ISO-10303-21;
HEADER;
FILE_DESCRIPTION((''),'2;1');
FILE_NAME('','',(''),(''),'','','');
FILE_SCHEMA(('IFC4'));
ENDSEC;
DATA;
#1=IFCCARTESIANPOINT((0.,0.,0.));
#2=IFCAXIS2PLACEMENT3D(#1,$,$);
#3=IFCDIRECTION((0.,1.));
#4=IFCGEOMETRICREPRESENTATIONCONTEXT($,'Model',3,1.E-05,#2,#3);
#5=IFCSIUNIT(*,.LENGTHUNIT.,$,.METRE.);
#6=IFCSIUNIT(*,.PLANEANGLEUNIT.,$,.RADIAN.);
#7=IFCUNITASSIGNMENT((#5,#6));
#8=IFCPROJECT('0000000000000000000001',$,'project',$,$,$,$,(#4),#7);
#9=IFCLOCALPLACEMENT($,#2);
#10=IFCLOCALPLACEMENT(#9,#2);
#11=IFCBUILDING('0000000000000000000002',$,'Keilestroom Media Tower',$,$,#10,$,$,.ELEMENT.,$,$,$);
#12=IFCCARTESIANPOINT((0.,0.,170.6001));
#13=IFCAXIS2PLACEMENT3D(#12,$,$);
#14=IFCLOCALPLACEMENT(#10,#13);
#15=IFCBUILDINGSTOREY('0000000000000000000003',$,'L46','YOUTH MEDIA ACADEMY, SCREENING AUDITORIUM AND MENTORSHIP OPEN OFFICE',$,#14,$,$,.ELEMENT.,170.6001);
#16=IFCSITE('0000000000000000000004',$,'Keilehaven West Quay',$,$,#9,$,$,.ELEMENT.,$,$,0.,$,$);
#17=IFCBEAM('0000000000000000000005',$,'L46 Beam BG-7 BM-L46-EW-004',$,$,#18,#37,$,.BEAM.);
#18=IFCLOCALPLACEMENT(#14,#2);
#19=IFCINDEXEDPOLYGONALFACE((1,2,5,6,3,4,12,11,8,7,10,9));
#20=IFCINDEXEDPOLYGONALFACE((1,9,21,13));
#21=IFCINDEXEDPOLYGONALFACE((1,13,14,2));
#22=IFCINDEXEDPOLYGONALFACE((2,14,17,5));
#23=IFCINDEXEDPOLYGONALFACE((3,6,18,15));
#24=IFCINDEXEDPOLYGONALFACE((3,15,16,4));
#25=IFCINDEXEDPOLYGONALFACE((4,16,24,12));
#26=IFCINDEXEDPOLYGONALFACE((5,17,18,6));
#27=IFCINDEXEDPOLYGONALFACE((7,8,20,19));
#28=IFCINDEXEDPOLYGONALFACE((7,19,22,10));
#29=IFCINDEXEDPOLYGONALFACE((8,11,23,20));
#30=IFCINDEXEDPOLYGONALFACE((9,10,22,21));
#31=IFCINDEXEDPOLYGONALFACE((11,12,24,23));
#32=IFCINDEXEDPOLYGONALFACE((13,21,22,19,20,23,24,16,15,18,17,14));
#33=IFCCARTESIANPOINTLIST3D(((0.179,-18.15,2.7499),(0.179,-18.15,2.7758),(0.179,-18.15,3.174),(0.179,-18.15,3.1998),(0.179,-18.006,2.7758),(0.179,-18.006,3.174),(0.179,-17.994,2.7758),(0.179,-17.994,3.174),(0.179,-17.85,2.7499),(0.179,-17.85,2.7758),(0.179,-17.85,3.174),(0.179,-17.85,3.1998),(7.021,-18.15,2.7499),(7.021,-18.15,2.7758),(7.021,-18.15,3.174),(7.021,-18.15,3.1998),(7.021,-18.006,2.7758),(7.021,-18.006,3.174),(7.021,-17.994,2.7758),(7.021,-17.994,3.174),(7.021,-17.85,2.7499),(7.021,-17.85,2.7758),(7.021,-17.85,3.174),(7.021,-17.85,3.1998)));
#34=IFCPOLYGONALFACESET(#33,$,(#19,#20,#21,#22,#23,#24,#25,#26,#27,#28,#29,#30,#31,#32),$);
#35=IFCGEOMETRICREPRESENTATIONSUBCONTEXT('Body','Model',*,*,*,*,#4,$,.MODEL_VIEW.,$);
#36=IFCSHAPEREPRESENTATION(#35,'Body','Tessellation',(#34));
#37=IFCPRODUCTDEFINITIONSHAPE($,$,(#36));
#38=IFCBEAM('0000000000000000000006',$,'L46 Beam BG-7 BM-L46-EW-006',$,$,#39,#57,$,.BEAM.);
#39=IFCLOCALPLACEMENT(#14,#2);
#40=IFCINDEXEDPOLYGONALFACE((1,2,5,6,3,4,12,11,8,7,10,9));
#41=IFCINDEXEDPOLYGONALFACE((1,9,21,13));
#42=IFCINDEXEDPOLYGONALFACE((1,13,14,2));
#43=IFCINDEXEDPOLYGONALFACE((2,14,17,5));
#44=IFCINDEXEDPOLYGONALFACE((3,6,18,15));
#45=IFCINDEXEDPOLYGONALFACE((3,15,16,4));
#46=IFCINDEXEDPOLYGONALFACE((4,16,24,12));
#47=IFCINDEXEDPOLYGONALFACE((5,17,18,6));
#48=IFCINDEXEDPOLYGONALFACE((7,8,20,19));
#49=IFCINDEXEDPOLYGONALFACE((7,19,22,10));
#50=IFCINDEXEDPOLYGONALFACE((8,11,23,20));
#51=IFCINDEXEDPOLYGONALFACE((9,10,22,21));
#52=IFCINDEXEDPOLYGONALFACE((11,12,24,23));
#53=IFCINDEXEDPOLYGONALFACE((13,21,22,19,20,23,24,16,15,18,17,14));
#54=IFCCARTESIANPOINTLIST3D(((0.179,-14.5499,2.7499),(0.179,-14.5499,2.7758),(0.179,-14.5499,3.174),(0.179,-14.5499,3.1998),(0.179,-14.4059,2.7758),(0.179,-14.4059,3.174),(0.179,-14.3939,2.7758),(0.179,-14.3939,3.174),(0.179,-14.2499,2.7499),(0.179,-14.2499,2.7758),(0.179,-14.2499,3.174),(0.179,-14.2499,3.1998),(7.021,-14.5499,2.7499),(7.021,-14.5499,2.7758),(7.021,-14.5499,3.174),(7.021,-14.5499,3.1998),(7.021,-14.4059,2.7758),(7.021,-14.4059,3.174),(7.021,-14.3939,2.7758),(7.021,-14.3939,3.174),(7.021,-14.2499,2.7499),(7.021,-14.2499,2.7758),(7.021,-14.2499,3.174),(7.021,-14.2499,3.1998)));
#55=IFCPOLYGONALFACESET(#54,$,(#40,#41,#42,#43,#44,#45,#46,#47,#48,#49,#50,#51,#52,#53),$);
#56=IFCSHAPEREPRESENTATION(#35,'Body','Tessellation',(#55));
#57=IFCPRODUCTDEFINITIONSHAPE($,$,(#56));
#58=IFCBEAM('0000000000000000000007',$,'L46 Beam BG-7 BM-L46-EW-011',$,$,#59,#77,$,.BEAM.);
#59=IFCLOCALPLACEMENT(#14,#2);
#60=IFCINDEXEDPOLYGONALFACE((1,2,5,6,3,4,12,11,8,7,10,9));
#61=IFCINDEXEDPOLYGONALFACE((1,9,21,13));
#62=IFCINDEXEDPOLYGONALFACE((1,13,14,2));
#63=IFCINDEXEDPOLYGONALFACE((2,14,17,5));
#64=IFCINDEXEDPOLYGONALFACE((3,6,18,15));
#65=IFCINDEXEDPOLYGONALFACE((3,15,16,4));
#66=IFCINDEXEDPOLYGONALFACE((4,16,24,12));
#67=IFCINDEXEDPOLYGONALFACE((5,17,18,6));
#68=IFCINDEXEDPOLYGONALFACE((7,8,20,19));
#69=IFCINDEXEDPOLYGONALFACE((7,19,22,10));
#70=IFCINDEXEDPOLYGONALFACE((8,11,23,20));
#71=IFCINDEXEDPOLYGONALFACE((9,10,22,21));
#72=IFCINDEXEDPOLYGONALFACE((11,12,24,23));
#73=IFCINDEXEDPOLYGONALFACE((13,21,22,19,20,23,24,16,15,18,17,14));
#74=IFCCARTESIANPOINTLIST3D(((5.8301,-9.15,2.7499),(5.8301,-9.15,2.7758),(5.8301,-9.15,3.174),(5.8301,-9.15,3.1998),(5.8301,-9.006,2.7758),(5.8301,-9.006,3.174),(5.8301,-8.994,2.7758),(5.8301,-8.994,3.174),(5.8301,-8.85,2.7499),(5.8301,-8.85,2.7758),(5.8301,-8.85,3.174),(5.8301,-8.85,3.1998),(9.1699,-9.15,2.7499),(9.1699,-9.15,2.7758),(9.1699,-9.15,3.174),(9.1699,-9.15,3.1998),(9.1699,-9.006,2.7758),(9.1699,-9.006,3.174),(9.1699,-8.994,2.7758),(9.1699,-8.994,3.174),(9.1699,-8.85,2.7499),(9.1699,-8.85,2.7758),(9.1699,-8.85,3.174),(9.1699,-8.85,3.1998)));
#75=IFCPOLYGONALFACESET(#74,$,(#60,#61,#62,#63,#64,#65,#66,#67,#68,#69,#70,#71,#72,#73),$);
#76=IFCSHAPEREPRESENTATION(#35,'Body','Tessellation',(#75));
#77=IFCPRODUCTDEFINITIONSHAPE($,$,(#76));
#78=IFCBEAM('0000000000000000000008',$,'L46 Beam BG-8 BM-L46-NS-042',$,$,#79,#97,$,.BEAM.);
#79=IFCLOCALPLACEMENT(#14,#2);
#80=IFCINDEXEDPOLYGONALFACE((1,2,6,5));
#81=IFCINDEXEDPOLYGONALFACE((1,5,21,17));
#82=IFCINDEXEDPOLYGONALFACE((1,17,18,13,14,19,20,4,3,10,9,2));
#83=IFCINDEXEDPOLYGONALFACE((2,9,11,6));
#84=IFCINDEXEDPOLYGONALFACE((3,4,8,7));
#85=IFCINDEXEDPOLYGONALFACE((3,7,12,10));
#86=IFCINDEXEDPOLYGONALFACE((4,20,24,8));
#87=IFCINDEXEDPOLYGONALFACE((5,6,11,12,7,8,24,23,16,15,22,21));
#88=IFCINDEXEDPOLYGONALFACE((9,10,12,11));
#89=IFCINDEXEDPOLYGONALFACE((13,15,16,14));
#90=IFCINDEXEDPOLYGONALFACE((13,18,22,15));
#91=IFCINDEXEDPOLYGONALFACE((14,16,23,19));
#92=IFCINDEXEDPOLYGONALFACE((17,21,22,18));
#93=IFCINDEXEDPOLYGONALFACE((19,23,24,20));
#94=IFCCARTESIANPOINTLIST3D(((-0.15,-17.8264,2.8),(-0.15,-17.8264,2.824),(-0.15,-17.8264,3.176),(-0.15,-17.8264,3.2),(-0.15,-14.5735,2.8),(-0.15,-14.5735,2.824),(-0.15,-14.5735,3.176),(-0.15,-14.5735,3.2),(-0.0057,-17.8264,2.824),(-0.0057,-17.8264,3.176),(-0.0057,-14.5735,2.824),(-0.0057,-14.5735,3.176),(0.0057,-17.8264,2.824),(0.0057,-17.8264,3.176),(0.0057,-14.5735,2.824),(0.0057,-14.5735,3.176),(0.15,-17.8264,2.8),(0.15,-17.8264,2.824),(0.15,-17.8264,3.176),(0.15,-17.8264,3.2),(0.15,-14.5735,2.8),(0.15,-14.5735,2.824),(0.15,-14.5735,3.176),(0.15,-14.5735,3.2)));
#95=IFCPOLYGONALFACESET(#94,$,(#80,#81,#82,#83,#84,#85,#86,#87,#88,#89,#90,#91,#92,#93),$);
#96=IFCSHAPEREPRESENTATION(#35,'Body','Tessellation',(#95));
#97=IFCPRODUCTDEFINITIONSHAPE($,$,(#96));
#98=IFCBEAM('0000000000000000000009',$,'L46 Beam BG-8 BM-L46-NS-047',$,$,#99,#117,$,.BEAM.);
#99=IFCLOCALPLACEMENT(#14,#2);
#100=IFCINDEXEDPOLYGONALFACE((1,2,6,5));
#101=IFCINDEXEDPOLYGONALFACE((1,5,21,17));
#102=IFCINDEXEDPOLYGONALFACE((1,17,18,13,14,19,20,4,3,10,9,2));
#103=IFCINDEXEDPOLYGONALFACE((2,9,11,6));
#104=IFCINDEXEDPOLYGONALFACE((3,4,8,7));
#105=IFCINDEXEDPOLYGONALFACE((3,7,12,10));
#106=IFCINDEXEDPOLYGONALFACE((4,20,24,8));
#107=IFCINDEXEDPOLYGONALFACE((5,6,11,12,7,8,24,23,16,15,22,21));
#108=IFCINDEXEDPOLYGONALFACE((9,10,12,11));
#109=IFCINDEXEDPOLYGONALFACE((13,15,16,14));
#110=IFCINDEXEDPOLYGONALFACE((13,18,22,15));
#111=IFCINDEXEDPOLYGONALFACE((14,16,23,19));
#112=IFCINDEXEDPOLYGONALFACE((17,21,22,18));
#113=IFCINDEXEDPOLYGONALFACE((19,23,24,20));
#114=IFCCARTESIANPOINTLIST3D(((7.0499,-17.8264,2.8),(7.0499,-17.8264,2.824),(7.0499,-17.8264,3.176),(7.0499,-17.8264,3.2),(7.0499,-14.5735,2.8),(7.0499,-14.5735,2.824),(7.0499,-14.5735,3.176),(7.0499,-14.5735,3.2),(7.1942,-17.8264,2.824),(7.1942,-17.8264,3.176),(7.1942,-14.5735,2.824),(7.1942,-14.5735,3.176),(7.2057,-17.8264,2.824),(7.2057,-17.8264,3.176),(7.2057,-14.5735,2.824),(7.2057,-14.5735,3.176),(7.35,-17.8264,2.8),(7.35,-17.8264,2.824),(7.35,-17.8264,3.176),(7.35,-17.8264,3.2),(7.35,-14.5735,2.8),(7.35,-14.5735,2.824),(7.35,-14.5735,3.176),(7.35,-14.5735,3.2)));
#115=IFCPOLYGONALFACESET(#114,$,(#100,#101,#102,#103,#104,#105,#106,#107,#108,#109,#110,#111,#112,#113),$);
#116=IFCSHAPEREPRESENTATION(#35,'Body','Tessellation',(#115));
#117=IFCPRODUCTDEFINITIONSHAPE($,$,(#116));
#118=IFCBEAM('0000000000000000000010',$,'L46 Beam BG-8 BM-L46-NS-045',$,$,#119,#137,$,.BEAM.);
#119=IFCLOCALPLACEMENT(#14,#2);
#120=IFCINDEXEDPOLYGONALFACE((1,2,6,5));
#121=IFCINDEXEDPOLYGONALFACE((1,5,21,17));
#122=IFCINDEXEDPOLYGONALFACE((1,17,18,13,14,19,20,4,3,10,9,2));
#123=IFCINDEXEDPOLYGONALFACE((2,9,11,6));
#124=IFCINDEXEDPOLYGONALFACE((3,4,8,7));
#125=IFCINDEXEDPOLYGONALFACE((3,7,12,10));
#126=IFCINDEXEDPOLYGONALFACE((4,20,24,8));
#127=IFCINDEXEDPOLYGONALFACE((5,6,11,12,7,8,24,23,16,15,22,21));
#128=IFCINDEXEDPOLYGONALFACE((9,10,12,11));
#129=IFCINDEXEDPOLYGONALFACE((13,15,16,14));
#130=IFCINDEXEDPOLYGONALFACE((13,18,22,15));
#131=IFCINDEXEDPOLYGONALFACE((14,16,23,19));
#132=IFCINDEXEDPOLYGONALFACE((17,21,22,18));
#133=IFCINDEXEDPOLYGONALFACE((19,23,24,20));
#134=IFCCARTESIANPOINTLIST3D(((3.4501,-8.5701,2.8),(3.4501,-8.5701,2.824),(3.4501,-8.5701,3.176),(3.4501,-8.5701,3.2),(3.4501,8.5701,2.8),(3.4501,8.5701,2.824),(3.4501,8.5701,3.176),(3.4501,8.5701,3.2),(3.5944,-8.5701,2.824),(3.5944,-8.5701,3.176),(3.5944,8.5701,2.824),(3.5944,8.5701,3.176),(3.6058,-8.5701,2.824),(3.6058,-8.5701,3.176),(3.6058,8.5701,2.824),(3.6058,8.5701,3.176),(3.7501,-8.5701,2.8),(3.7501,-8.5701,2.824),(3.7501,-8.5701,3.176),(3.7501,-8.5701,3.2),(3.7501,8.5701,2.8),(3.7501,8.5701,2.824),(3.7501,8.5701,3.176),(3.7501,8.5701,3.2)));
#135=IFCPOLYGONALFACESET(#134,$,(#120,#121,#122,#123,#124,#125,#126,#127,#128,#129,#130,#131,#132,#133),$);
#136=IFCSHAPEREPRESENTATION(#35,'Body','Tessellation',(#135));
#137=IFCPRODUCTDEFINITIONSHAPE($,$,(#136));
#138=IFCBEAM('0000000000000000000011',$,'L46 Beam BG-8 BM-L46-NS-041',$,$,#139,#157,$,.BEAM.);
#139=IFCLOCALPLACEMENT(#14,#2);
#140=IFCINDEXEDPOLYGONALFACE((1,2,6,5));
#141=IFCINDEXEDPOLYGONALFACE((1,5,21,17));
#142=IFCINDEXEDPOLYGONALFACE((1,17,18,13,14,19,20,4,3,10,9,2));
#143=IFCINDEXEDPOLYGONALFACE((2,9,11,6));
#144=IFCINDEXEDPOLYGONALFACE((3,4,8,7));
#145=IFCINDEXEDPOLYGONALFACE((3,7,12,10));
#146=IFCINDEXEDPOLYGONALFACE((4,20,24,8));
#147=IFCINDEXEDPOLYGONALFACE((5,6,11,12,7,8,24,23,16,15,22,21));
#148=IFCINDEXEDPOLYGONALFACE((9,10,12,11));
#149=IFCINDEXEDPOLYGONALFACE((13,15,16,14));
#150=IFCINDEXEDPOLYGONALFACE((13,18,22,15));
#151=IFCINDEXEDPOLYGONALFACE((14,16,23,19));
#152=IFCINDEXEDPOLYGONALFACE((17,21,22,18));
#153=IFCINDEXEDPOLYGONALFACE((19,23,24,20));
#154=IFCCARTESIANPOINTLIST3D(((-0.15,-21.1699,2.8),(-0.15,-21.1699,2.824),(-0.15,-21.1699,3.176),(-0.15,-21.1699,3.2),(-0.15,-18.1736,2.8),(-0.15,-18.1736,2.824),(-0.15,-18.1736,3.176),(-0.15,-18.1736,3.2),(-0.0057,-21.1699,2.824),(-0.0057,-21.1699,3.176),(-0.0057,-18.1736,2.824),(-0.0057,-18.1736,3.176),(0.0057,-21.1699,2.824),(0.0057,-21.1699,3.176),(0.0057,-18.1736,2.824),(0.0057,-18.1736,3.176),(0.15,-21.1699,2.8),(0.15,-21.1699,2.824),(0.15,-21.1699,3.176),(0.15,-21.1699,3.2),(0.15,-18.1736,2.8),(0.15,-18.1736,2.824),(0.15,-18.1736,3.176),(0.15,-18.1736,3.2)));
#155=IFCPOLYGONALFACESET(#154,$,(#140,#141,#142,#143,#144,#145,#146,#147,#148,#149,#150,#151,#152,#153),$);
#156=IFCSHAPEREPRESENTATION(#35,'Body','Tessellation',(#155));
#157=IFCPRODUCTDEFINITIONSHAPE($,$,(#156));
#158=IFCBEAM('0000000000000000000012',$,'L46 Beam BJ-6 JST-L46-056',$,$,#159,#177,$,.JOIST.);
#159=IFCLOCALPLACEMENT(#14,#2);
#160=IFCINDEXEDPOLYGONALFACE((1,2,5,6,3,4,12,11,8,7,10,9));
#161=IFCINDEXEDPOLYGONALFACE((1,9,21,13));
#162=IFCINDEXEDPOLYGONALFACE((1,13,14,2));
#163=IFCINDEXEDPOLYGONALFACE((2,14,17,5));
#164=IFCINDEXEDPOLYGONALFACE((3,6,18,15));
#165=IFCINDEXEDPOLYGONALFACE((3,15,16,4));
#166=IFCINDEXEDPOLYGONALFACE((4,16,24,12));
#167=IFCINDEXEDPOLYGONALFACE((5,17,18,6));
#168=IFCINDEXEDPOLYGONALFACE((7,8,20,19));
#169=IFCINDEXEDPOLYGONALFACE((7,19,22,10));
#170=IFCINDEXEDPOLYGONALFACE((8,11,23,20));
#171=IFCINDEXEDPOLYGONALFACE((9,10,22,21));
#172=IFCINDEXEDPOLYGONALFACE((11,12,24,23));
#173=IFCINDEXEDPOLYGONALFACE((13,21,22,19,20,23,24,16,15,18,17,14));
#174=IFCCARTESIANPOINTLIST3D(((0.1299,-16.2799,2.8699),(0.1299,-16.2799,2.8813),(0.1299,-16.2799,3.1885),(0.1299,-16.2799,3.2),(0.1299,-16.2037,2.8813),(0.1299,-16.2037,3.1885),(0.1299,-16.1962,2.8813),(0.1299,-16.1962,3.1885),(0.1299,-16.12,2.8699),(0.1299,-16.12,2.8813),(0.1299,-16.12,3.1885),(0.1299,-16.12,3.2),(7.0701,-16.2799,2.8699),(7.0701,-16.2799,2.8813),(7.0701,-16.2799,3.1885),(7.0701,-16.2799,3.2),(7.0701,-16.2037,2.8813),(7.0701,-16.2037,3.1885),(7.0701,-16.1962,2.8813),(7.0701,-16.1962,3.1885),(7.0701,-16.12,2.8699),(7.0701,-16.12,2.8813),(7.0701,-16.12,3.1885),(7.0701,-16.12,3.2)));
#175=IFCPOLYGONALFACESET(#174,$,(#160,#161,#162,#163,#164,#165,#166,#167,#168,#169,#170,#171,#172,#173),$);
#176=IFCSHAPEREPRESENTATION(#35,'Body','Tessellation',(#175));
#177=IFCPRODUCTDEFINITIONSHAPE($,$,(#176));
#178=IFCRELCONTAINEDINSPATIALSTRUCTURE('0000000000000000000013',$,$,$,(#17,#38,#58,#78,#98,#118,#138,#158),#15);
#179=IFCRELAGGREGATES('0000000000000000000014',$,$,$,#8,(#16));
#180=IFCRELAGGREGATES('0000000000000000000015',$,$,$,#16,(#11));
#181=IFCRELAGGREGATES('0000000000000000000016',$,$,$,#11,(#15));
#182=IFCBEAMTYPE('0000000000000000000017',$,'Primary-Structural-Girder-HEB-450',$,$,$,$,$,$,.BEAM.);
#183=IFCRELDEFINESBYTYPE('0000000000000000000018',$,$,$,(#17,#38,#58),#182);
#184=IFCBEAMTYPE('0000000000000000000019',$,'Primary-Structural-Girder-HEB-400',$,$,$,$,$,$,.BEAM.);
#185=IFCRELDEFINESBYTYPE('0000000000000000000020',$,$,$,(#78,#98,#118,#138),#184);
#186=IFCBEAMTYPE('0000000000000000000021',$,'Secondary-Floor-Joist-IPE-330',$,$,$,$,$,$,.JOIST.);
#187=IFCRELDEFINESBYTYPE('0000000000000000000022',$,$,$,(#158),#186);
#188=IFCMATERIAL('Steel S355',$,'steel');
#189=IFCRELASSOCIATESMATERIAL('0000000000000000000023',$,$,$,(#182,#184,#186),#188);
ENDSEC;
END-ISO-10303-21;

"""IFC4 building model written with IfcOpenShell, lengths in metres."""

from ifc_helpers import new_model, si_unit, direction, frame, origin, origin_2d, place, context, subcontext, project, spatial, i_section, extrude, source, transform, mapped, material, material_profile, profile_set, type_object, element, save


model = new_model("IFC4")

# Units and contexts
model_context = context("Model", 3, precision=1e-05, world=origin(), true_north=direction((0.0, 1.0)))
body_context = subcontext(model_context, "Body", "Model", "MODEL_VIEW")
ifc_project = project(units=[si_unit("LENGTHUNIT", "METRE"), si_unit("PLANEANGLEUNIT", "RADIAN")], contexts=[model_context])

# Site, building, storey
site_placement = place(None, origin())
site = spatial("IfcSite", under=ifc_project, at=site_placement, Name="Keilehaven West Quay", CompositionType="ELEMENT", RefElevation=0.0)
building_placement = place(site_placement, origin())
building = spatial("IfcBuilding", under=site, at=building_placement, Name="Keilestroom Media Tower", CompositionType="ELEMENT")
storey_placement = place(building_placement, frame((0.0, 0.0, 170.6001)))
storey = spatial("IfcBuildingStorey", under=building, at=storey_placement, Name="L46", Description="YOUTH MEDIA ACADEMY, SCREENING AUDITORIUM AND MENTORSHIP OPEN OFFICE", CompositionType="ELEMENT", Elevation=170.6001)

# Shared definitions
ifc_material_1 = material(Name="Steel S355", Category="steel")

# Beams
ifc_material_profile_1 = material_profile(ifc_material_1, i_section(OverallWidth=0.3, OverallDepth=0.45, WebThickness=0.012, FlangeThickness=0.0259, at=origin_2d()), Name="HEB 450")
ifc_profile_set_1 = profile_set([ifc_material_profile_1], Name="Steel S355")
beam_type_1 = type_object("IfcBeamType", Name="Primary-Structural-Girder-HEB-450", PredefinedType="BEAM", material=ifc_profile_set_1)
shared_shape_1 = source(origin(), body_context, "Body", "SweptSolid", [
    extrude(i_section(OverallWidth=0.3, OverallDepth=0.45, WebThickness=0.012, FlangeThickness=0.0259, at=origin_2d()), origin(), (0.0, 0.0, 1.0), 6.842),
])
for number, where, z_axis, x_axis, name in (
    (1, (0.179, -18.0, 2.9749), (1.0, 0.0, 0.0), (0.0, 1.0, 0.0), "L46 Beam BG-7 BM-L46-EW-004"),
    (2, (0.179, -14.3999, 2.9749), (1.0, 0.0, 0.0), (0.0, 1.0, 0.0), "L46 Beam BG-7 BM-L46-EW-006"),
):
    element("IfcBeam", number, at=place(storey_placement, frame(where, z_axis=z_axis, x_axis=x_axis)), inside=storey, type_object=beam_type_1, Name=name, PredefinedType="BEAM", context=body_context, shape_type="MappedRepresentation", body=[
        mapped(shared_shape_1, transform((0.0, 0.0, 0.0), x_axis=(1.0, 0.0, 0.0), y_axis=(0.0, 1.0, 0.0), z_axis=(0.0, 0.0, 1.0), scale=1.0)),
    ])
shared_shape_2 = source(origin(), body_context, "Body", "SweptSolid", [
    extrude(i_section(OverallWidth=0.3, OverallDepth=0.45, WebThickness=0.012, FlangeThickness=0.0259, at=origin_2d()), origin(), (0.0, 0.0, 1.0), 3.3398),
])
beam_1_placement = place(storey_placement, frame((5.8301, -9.0, 2.9749), z_axis=(1.0, 0.0, 0.0), x_axis=(0.0, 1.0, 0.0)))
element("IfcBeam", 3, at=beam_1_placement, inside=storey, type_object=beam_type_1, Name="L46 Beam BG-7 BM-L46-EW-011", PredefinedType="BEAM", context=body_context, shape_type="MappedRepresentation", body=[
    mapped(shared_shape_2, transform((0.0, 0.0, 0.0), x_axis=(1.0, 0.0, 0.0), y_axis=(0.0, 1.0, 0.0), z_axis=(0.0, 0.0, 1.0), scale=1.0)),
])
ifc_material_profile_2 = material_profile(ifc_material_1, i_section(OverallWidth=0.3, OverallDepth=0.3999, WebThickness=0.0115, FlangeThickness=0.0239, at=origin_2d()), Name="HEB 400")
ifc_profile_set_2 = profile_set([ifc_material_profile_2], Name="Steel S355")
beam_type_2 = type_object("IfcBeamType", Name="Primary-Structural-Girder-HEB-400", PredefinedType="BEAM", material=ifc_profile_set_2)
shared_shape_3 = source(origin(), body_context, "Body", "SweptSolid", [
    extrude(i_section(OverallWidth=0.3, OverallDepth=0.3999, WebThickness=0.0115, FlangeThickness=0.0239, at=origin_2d()), origin(), (0.0, 0.0, 1.0), 3.2529),
])
for number, where, z_axis, x_axis, name in (
    (4, (0.0, -17.8264, 3.0), (0.0, 1.0, 0.0), (-1.0, 0.0, 0.0), "L46 Beam BG-8 BM-L46-NS-042"),
    (5, (7.2, -17.8264, 3.0), (0.0, 1.0, 0.0), (-1.0, 0.0, 0.0), "L46 Beam BG-8 BM-L46-NS-047"),
):
    element("IfcBeam", number, at=place(storey_placement, frame(where, z_axis=z_axis, x_axis=x_axis)), inside=storey, type_object=beam_type_2, Name=name, PredefinedType="BEAM", context=body_context, shape_type="MappedRepresentation", body=[
        mapped(shared_shape_3, transform((0.0, 0.0, 0.0), x_axis=(1.0, 0.0, 0.0), y_axis=(0.0, 1.0, 0.0), z_axis=(0.0, 0.0, 1.0), scale=1.0)),
    ])
shared_shape_4 = source(origin(), body_context, "Body", "SweptSolid", [
    extrude(i_section(OverallWidth=0.3, OverallDepth=0.3999, WebThickness=0.0115, FlangeThickness=0.0239, at=origin_2d()), origin(), (0.0, 0.0, 1.0), 17.1401),
])
beam_2_placement = place(storey_placement, frame((3.6001, -8.5701, 3.0), z_axis=(0.0, 1.0, 0.0), x_axis=(-1.0, 0.0, 0.0)))
element("IfcBeam", 6, at=beam_2_placement, inside=storey, type_object=beam_type_2, Name="L46 Beam BG-8 BM-L46-NS-045", PredefinedType="BEAM", context=body_context, shape_type="MappedRepresentation", body=[
    mapped(shared_shape_4, transform((0.0, 0.0, 0.0), x_axis=(1.0, 0.0, 0.0), y_axis=(0.0, 1.0, 0.0), z_axis=(0.0, 0.0, 1.0), scale=1.0)),
])
shared_shape_5 = source(origin(), body_context, "Body", "SweptSolid", [
    extrude(i_section(OverallWidth=0.3, OverallDepth=0.3999, WebThickness=0.0115, FlangeThickness=0.0239, at=origin_2d()), origin(), (0.0, 0.0, 1.0), 2.9963),
])
beam_3_placement = place(storey_placement, frame((0.0, -21.1699, 3.0), z_axis=(0.0, 1.0, 0.0), x_axis=(-1.0, 0.0, 0.0)))
element("IfcBeam", 7, at=beam_3_placement, inside=storey, type_object=beam_type_2, Name="L46 Beam BG-8 BM-L46-NS-041", PredefinedType="BEAM", context=body_context, shape_type="MappedRepresentation", body=[
    mapped(shared_shape_5, transform((0.0, 0.0, 0.0), x_axis=(1.0, 0.0, 0.0), y_axis=(0.0, 1.0, 0.0), z_axis=(0.0, 0.0, 1.0), scale=1.0)),
])
ifc_material_profile_3 = material_profile(ifc_material_1, i_section(OverallWidth=0.1599, OverallDepth=0.3301, WebThickness=0.0076, FlangeThickness=0.0115, at=origin_2d()), Name="IPE 330")
ifc_profile_set_3 = profile_set([ifc_material_profile_3], Name="Steel S355")
beam_type_3 = type_object("IfcBeamType", Name="Secondary-Floor-Joist-IPE-330", PredefinedType="JOIST", material=ifc_profile_set_3)
shared_shape_6 = source(origin(), body_context, "Body", "SweptSolid", [
    extrude(i_section(OverallWidth=0.1599, OverallDepth=0.3301, WebThickness=0.0076, FlangeThickness=0.0115, at=origin_2d()), origin(), (0.0, 0.0, 1.0), 6.9402),
])
beam_4_placement = place(storey_placement, frame((0.1299, -16.2, 3.0349), z_axis=(1.0, 0.0, 0.0), x_axis=(0.0, 1.0, 0.0)))
element("IfcBeam", 8, at=beam_4_placement, inside=storey, type_object=beam_type_3, Name="L46 Beam BJ-6 JST-L46-056", PredefinedType="JOIST", context=body_context, shape_type="MappedRepresentation", body=[
    mapped(shared_shape_6, transform((0.0, 0.0, 0.0), x_axis=(1.0, 0.0, 0.0), y_axis=(0.0, 1.0, 0.0), z_axis=(0.0, 0.0, 1.0), scale=1.0)),
])

save(model, "model.ifc")
